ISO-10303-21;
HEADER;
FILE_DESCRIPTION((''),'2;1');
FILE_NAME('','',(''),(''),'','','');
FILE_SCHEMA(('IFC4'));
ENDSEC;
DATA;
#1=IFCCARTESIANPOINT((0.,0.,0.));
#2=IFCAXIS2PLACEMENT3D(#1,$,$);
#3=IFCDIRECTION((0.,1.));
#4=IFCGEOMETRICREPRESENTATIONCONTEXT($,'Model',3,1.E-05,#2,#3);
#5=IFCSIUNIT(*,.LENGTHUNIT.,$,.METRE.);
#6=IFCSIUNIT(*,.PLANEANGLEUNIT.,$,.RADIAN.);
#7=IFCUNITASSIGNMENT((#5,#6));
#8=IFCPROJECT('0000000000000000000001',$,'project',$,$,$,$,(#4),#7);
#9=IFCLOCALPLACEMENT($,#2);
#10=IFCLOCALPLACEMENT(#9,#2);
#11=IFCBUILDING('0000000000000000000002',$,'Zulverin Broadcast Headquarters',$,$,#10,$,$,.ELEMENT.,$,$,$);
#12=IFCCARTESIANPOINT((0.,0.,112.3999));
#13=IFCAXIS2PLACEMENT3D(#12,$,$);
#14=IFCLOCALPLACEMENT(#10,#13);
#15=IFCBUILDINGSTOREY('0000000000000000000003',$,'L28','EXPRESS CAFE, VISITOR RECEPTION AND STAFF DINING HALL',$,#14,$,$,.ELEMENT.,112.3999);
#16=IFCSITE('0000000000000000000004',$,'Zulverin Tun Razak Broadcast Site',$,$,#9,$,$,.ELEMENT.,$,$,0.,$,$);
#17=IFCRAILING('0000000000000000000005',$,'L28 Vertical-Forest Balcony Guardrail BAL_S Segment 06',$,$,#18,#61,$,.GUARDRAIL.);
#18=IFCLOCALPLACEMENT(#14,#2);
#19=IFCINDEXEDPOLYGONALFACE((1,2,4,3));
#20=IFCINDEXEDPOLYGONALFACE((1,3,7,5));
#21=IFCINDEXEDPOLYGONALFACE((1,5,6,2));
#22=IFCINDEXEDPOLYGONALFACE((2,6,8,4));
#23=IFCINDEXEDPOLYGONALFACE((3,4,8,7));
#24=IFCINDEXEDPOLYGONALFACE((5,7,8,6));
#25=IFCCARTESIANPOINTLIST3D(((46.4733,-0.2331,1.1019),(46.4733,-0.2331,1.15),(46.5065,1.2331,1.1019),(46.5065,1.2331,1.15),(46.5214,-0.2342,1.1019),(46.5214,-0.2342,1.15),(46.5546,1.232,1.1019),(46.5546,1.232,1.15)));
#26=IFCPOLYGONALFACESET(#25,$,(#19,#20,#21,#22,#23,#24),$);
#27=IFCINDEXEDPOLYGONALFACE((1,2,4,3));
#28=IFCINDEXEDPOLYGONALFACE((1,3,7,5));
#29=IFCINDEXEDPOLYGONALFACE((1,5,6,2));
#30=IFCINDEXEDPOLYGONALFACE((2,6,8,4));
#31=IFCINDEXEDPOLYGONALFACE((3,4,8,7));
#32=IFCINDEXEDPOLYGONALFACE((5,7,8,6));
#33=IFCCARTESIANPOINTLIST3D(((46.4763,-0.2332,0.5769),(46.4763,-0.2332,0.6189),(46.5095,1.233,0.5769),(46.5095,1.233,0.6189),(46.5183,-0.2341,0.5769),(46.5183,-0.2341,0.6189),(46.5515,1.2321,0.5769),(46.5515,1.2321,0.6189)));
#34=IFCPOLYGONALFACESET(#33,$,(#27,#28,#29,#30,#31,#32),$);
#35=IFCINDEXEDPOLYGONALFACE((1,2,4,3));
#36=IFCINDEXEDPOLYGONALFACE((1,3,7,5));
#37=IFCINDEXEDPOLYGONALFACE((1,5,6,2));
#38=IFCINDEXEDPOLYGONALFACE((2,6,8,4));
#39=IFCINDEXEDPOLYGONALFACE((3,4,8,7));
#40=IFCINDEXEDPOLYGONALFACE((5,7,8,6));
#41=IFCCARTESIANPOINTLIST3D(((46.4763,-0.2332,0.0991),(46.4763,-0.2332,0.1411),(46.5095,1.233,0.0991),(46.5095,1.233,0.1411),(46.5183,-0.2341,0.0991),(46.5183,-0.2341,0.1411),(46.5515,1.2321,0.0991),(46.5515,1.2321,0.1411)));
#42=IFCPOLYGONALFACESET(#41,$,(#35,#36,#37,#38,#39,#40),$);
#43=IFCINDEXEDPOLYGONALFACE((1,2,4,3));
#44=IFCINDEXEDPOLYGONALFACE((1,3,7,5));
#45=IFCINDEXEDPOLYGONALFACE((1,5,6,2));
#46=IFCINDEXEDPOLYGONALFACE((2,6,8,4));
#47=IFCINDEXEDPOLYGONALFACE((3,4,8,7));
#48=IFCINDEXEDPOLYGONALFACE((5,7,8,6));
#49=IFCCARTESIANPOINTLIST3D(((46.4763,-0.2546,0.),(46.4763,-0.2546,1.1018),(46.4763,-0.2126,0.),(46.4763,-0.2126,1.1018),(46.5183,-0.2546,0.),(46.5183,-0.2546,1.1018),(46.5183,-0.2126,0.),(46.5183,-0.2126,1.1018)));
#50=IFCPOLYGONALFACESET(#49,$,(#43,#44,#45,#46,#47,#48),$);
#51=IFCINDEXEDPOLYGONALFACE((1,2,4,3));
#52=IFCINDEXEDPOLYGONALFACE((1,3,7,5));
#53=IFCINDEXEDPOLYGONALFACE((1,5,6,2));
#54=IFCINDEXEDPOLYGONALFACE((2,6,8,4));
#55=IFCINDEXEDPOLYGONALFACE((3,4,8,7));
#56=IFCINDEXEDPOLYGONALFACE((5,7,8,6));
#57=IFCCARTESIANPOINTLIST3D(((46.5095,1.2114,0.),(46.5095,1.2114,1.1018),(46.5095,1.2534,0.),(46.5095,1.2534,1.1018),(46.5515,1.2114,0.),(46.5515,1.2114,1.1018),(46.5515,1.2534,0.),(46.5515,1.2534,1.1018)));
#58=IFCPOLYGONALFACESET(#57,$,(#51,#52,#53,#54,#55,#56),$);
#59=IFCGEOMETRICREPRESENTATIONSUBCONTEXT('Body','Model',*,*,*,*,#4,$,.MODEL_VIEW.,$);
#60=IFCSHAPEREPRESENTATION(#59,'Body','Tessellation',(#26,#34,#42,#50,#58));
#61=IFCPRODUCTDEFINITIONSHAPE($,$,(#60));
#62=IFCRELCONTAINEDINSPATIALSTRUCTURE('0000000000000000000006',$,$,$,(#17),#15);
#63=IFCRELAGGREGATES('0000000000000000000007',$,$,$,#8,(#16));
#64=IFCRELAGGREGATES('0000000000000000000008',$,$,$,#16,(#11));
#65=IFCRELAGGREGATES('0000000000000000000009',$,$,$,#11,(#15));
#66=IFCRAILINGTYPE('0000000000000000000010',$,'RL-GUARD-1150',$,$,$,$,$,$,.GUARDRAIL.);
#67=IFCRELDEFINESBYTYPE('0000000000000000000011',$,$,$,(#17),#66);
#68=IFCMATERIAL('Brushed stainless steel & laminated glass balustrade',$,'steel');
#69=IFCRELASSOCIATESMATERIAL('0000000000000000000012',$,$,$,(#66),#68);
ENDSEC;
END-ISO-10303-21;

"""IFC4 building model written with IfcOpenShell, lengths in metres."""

from ifc_helpers import new_model, si_unit, direction, frame, origin, origin_2d, place, context, subcontext, project, spatial, rectangle, extrude, material, type_object, element, save


model = new_model("IFC4")

# Units and contexts
model_context = context("Model", 3, precision=1e-05, world=origin(), true_north=direction((0.0, 1.0)))
body_context = subcontext(model_context, "Body", "Model", "MODEL_VIEW")
ifc_project = project(units=[si_unit("LENGTHUNIT", "METRE"), si_unit("PLANEANGLEUNIT", "RADIAN")], contexts=[model_context])

# Site, building, storey
site_placement = place(None, origin())
site = spatial("IfcSite", under=ifc_project, at=site_placement, Name="Zulverin Tun Razak Broadcast Site", CompositionType="ELEMENT", RefElevation=0.0)
building_placement = place(site_placement, origin())
building = spatial("IfcBuilding", under=site, at=building_placement, Name="Zulverin Broadcast Headquarters", CompositionType="ELEMENT")
storey_placement = place(building_placement, frame((0.0, 0.0, 112.3999)))
storey = spatial("IfcBuildingStorey", under=building, at=storey_placement, Name="L28", Description="EXPRESS CAFE, VISITOR RECEPTION AND STAFF DINING HALL", CompositionType="ELEMENT", Elevation=112.3999)

# Railing
ifc_material_1 = material(Name="Brushed stainless steel & laminated glass balustrade", Category="steel")
railing_type = type_object("IfcRailingType", Name="RL-GUARD-1150", PredefinedType="GUARDRAIL", material=ifc_material_1)
railing_placement = place(storey_placement, frame((46.4973, -0.2336, 0.0)))
element("IfcRailing", 1, at=railing_placement, inside=storey, type_object=railing_type, Name="L28 Vertical-Forest Balcony Guardrail BAL_S Segment 06", PredefinedType="GUARDRAIL", context=body_context, shape_type="SweptSolid", body=[
    extrude(rectangle(XDim=0.0481, YDim=0.0481, at=origin_2d()), frame((0.0, 0.0, 1.126), z_axis=(0.022642, 0.999744, 0.0), x_axis=(-0.999744, 0.022642, 0.0)), (0.0, 0.0, 1.0), 1.4666),
    extrude(rectangle(XDim=0.042, YDim=0.042, at=origin_2d()), frame((0.0, 0.0, 0.5979), z_axis=(0.022642, 0.999744, 0.0), x_axis=(-0.999744, 0.022642, 0.0)), (0.0, 0.0, 1.0), 1.4666),
    extrude(rectangle(XDim=0.042, YDim=0.042, at=origin_2d()), frame((0.0, 0.0, 0.1201), z_axis=(0.022642, 0.999744, 0.0), x_axis=(-0.999744, 0.022642, 0.0)), (0.0, 0.0, 1.0), 1.4666),
    extrude(rectangle(XDim=0.042, YDim=0.042, at=origin_2d()), origin(), (0.0, 0.0, 1.0), 1.1018),
    extrude(rectangle(XDim=0.042, YDim=0.042, at=origin_2d()), frame((0.0332, 1.4661, 0.0)), (0.0, 0.0, 1.0), 1.1018),
])

save(model, "model.ifc")
